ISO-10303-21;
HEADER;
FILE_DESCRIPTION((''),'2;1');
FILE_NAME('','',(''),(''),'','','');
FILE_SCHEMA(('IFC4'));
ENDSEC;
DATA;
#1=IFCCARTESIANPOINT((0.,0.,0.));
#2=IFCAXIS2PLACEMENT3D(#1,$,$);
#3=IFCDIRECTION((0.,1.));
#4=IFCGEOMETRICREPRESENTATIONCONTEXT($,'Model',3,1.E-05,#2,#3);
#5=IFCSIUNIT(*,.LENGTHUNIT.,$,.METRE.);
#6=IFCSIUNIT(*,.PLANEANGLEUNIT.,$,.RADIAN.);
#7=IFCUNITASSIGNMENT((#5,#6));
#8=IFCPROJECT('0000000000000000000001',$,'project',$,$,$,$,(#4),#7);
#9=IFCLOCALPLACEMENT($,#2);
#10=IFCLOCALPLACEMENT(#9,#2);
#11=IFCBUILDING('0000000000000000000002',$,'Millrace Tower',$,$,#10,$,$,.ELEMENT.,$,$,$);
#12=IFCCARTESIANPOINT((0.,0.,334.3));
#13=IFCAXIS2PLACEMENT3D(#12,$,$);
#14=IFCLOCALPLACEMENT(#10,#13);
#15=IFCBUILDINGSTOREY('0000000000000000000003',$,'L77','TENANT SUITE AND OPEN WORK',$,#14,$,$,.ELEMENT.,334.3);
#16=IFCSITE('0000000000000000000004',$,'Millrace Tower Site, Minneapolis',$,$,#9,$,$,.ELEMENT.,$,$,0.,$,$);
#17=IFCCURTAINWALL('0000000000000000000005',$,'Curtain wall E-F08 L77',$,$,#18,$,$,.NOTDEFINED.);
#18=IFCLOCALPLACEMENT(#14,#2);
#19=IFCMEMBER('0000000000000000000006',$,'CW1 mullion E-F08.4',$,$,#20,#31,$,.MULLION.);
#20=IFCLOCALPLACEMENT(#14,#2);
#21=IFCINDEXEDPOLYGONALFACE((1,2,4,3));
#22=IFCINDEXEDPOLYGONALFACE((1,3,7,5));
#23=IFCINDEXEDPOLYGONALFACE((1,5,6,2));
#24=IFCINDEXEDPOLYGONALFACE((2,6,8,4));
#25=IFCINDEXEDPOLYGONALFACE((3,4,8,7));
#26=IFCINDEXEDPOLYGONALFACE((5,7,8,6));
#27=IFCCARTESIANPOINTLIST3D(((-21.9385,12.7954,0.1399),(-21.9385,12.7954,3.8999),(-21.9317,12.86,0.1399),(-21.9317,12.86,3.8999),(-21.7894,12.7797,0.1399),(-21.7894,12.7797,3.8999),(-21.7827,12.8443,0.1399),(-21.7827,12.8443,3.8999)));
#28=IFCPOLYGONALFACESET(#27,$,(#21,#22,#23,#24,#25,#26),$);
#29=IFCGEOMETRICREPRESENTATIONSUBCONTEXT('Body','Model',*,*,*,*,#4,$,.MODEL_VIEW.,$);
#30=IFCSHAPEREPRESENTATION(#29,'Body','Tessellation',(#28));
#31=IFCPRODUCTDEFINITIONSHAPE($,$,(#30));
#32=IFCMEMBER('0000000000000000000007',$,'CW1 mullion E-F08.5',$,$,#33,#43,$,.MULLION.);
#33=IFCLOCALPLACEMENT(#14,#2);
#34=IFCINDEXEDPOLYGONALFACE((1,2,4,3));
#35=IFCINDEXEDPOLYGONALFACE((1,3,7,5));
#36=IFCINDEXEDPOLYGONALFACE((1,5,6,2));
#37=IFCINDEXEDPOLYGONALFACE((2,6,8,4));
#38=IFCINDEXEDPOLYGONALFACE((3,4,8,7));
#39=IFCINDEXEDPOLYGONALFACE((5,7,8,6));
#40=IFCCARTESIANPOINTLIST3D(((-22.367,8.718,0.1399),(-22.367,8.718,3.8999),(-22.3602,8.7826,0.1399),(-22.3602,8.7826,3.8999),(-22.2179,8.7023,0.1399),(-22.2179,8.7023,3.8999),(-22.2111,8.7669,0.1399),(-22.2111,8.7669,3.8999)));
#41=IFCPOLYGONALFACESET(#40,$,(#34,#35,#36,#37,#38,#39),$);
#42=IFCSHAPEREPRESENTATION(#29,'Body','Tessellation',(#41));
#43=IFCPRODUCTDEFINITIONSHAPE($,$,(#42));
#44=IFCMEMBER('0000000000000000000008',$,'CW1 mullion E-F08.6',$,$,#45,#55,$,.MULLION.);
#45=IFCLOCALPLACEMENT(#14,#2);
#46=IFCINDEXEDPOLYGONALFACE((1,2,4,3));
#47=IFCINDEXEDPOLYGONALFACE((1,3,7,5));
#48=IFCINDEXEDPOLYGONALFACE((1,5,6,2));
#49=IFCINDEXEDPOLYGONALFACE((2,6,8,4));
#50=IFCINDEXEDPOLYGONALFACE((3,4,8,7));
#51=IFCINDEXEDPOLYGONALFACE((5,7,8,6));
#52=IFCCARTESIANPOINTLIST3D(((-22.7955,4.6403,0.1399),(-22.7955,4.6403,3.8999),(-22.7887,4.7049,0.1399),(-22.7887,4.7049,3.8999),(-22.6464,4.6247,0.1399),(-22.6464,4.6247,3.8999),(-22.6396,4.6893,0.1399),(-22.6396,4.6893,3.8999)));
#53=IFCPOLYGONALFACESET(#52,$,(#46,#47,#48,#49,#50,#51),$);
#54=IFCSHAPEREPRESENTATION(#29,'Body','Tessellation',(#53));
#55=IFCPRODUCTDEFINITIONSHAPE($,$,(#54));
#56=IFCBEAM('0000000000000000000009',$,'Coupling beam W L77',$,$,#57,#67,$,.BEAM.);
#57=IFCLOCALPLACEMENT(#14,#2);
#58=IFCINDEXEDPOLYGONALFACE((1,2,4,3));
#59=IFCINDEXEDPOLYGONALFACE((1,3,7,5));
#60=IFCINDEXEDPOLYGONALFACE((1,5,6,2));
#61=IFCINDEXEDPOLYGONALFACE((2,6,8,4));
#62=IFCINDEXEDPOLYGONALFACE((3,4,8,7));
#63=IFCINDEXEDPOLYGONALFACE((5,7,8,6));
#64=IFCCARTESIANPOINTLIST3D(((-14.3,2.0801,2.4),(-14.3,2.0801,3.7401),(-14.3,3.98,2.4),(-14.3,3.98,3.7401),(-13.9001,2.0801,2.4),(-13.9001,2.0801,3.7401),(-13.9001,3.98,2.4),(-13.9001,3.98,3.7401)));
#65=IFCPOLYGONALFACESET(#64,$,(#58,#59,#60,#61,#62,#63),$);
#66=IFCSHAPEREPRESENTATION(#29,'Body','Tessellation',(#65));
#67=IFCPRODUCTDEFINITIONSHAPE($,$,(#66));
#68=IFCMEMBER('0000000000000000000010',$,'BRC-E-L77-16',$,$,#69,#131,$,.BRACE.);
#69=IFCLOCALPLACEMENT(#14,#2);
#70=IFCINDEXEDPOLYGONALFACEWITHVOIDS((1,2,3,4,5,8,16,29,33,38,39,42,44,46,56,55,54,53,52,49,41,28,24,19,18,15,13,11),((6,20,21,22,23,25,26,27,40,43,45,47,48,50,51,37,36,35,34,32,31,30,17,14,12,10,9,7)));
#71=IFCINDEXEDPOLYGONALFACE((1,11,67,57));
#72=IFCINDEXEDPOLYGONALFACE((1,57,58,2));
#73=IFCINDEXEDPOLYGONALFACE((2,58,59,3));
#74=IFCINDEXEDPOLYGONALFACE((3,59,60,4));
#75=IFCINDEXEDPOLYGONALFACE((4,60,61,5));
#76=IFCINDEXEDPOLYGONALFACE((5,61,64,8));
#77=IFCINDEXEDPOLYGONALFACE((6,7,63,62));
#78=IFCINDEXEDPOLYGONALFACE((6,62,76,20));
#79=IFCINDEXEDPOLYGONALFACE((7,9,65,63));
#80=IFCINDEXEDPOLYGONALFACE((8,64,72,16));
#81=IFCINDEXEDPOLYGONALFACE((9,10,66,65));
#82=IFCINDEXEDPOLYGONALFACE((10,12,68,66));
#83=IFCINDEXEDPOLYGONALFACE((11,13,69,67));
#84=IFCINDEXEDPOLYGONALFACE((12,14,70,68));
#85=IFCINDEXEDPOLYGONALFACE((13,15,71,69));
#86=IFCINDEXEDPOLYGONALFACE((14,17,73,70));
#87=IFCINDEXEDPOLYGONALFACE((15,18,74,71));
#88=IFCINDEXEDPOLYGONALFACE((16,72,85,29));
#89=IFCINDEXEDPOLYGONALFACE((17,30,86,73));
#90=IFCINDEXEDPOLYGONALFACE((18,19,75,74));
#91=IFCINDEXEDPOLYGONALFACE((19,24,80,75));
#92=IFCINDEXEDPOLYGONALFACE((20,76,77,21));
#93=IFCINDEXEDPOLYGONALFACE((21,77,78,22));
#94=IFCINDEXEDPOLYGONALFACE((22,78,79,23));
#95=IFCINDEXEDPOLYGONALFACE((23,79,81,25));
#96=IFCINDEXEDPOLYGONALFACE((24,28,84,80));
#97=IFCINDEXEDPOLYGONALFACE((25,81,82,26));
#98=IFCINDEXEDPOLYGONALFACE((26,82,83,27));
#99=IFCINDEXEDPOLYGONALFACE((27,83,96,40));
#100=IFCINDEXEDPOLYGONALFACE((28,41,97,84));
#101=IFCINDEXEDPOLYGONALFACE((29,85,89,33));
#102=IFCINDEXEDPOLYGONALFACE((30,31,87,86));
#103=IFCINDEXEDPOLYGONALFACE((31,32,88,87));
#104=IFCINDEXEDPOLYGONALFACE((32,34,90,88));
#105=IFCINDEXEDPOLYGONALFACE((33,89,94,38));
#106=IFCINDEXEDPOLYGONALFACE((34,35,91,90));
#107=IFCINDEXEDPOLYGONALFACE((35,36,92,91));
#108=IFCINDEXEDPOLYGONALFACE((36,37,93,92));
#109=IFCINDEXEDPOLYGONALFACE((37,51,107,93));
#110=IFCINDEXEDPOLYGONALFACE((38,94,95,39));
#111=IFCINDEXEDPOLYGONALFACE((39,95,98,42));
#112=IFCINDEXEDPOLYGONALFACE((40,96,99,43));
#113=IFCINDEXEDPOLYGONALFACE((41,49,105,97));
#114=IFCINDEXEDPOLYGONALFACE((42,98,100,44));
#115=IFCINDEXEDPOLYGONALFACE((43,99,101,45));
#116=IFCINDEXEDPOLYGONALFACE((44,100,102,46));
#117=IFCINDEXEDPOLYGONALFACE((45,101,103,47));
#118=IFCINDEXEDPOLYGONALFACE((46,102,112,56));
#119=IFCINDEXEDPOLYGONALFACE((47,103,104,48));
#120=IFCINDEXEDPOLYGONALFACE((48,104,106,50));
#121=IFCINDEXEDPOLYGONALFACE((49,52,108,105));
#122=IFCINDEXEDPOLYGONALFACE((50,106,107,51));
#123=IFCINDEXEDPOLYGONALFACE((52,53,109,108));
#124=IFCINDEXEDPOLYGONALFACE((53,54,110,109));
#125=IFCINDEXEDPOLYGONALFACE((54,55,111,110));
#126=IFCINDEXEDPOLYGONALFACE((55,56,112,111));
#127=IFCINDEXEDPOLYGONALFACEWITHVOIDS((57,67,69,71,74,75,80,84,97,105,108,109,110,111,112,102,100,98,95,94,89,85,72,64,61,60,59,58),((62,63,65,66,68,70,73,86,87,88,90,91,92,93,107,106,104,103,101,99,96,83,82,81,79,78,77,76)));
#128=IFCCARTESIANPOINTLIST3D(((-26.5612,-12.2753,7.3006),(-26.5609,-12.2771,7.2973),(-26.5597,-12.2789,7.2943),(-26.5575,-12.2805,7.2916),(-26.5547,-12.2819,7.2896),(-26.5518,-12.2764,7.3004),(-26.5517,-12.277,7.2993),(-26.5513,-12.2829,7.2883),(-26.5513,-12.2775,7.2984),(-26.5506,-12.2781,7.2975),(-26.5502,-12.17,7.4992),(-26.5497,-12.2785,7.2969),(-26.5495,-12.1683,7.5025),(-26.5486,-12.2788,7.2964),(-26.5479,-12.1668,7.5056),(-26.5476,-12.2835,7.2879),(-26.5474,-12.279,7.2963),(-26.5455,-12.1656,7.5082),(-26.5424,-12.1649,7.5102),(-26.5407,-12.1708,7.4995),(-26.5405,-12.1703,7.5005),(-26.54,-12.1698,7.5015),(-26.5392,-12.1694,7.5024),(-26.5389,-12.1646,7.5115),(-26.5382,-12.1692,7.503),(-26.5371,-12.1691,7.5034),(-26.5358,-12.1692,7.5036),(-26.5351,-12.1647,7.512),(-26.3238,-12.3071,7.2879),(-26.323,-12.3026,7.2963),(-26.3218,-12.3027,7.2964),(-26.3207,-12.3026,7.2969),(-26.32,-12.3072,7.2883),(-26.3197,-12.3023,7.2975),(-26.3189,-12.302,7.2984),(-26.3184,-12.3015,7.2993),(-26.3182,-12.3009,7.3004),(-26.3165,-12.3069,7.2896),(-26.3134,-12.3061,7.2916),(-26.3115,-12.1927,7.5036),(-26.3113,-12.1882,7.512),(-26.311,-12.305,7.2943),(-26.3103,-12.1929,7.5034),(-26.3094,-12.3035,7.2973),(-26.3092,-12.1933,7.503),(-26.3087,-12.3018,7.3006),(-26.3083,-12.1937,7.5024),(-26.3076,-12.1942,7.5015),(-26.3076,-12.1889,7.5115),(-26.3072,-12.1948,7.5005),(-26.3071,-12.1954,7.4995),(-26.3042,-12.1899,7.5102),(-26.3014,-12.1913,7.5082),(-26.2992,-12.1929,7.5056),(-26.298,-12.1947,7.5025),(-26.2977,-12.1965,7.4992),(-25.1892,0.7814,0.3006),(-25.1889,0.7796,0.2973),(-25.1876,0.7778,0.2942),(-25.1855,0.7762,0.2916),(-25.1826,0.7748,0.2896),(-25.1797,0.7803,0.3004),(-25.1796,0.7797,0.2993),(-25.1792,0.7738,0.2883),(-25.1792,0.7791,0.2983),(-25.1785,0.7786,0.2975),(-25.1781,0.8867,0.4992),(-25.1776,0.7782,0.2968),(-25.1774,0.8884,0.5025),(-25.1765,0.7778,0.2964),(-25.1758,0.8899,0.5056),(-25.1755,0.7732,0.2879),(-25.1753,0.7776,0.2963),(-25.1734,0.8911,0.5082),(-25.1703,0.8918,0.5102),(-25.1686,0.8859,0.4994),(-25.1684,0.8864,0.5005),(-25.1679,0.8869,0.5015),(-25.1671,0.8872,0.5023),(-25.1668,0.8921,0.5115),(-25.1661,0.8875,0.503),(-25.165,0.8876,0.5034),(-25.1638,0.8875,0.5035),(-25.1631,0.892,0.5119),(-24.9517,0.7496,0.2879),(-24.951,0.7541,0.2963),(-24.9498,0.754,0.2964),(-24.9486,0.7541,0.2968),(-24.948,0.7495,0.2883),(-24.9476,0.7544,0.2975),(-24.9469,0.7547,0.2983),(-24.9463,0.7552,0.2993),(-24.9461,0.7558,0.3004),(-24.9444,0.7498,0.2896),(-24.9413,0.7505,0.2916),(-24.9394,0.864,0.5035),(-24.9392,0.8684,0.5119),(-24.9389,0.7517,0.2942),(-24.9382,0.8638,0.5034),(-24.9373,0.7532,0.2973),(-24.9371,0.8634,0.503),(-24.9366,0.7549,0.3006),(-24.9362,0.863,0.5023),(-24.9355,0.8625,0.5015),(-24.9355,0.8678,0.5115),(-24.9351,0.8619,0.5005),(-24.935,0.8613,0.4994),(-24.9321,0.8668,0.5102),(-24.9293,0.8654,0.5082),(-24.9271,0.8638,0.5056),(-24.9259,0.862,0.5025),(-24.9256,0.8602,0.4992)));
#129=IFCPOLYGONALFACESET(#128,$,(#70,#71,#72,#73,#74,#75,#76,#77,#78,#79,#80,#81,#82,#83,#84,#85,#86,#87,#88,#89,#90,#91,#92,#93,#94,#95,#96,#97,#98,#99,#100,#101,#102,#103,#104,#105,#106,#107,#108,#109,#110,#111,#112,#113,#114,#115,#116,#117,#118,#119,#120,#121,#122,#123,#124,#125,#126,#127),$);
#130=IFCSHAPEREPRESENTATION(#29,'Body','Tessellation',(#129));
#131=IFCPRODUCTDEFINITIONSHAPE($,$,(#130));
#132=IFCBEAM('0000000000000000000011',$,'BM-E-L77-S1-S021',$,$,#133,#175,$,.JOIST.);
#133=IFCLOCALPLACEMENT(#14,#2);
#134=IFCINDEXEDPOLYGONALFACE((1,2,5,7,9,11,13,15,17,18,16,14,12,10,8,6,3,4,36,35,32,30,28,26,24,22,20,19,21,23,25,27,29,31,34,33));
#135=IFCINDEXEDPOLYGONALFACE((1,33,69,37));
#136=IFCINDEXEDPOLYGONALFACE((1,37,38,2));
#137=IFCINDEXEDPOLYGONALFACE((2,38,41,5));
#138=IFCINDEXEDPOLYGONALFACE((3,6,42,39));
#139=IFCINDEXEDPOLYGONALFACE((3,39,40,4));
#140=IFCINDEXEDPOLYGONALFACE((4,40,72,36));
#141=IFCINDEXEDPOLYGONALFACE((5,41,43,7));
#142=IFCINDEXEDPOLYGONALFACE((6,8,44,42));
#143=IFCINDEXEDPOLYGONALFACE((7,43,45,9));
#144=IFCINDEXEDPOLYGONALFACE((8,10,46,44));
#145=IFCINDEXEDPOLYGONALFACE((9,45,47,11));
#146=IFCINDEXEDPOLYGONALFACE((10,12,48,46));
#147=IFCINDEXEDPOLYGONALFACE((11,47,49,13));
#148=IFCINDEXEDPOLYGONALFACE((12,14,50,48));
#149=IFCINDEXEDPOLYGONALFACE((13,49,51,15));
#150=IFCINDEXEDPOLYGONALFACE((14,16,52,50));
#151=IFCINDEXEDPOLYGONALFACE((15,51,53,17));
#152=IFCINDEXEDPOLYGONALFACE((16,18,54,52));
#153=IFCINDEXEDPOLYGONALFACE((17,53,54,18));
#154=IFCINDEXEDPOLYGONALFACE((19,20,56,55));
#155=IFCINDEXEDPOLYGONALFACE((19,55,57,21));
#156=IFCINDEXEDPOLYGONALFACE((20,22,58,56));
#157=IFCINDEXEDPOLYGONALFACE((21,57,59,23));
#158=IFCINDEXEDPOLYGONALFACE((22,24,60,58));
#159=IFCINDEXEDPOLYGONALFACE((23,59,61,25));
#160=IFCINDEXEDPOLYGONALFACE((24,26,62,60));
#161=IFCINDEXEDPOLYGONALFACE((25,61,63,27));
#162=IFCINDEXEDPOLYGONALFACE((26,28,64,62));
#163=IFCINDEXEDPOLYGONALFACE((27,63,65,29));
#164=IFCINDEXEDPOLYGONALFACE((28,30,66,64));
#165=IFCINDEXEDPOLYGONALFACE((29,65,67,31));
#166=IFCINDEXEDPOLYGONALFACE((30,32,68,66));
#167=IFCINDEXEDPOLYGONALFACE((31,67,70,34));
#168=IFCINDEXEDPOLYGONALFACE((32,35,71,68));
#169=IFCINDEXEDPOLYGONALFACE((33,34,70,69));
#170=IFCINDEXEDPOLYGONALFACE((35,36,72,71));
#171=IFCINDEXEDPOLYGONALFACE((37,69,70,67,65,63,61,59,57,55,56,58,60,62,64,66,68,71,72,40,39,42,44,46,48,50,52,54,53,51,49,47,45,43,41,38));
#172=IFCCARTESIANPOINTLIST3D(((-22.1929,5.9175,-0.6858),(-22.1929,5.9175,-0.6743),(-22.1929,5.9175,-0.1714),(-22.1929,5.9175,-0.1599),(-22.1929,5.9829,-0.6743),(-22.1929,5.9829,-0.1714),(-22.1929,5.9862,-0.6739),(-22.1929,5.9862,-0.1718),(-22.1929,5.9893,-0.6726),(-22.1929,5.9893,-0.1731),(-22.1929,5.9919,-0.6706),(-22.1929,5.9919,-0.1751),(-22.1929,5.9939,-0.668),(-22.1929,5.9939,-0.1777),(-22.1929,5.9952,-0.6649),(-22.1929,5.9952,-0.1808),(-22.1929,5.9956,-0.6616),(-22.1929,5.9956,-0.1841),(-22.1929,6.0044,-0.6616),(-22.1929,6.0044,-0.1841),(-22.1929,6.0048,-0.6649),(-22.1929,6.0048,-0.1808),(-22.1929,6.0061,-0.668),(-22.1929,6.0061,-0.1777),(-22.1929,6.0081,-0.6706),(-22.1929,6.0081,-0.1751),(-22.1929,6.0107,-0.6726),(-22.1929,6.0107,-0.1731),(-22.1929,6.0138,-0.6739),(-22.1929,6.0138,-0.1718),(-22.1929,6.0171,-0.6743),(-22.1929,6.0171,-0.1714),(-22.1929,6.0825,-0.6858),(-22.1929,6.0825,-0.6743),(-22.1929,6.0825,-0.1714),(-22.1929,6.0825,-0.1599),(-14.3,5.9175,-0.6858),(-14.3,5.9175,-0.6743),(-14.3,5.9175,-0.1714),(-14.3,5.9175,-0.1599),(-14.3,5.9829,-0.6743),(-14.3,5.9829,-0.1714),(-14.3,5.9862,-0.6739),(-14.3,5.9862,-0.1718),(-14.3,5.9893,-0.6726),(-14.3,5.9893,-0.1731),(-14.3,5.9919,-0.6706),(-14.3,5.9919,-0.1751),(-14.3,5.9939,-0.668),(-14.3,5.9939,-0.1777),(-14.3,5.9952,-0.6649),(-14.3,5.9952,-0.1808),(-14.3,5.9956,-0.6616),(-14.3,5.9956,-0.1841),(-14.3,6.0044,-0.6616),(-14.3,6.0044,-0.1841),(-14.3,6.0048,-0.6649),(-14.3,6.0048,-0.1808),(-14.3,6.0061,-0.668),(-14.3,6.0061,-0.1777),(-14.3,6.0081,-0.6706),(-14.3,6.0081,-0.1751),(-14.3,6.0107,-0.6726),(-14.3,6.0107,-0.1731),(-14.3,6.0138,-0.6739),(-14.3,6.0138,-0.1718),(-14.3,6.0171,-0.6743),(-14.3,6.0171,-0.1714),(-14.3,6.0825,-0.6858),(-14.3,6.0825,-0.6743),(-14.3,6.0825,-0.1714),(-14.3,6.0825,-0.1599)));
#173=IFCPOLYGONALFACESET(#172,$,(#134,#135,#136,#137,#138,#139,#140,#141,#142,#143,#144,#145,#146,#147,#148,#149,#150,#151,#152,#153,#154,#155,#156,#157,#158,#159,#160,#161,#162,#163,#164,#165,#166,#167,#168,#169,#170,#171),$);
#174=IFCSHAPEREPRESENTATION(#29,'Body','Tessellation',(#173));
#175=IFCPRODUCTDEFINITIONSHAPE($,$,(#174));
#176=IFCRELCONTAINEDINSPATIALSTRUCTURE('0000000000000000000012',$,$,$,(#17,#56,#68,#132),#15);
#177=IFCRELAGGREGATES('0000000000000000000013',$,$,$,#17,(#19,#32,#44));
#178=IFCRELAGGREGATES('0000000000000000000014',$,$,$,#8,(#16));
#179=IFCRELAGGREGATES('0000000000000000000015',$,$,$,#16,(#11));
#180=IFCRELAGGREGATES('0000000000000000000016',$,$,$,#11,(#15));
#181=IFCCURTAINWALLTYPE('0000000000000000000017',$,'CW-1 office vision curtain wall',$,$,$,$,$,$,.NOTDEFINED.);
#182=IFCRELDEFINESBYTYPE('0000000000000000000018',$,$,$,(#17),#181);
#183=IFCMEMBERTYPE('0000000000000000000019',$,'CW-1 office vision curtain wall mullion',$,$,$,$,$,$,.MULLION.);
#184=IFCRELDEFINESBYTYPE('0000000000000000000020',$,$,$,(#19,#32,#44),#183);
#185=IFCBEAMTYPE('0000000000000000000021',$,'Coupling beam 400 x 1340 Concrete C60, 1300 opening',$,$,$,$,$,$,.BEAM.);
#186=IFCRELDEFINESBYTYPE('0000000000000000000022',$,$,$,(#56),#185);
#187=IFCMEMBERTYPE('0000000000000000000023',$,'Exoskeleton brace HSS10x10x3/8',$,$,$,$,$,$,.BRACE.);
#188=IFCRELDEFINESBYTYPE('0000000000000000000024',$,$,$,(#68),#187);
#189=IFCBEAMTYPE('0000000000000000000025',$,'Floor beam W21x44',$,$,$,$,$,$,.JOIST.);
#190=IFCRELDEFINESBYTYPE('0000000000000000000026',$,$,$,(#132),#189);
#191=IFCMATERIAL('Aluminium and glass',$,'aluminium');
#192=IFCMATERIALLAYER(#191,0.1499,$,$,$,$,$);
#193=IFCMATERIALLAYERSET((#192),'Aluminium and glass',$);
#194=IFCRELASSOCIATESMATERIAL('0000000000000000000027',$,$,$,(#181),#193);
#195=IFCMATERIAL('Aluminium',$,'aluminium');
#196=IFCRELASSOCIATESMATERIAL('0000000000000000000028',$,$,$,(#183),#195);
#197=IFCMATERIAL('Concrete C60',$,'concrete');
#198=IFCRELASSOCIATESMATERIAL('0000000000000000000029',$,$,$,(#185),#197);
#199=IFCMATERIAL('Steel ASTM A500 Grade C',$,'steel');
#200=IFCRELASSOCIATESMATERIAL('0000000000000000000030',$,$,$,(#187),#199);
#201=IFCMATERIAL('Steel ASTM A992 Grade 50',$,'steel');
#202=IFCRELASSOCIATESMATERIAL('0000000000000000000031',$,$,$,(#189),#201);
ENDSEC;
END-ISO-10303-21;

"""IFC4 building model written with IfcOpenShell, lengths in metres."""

from ifc_helpers import new_model, si_unit, direction, frame, origin, origin_2d, place, context, subcontext, project, spatial, rectangle, hollow_rectangle, i_section, extrude, material, layer, layer_set, material_profile, profile_set, type_object, element, aggregate, save


model = new_model("IFC4")

# Units and contexts
model_context = context("Model", 3, precision=1e-05, world=origin(), true_north=direction((0.0, 1.0)))
body_context = subcontext(model_context, "Body", "Model", "MODEL_VIEW")
ifc_project = project(units=[si_unit("LENGTHUNIT", "METRE"), si_unit("PLANEANGLEUNIT", "RADIAN")], contexts=[model_context])

# Site, building, storey
site_placement = place(None, origin())
site = spatial("IfcSite", under=ifc_project, at=site_placement, Name="Millrace Tower Site, Minneapolis", CompositionType="ELEMENT", RefElevation=0.0)
building_placement = place(site_placement, origin())
building = spatial("IfcBuilding", under=site, at=building_placement, Name="Millrace Tower", CompositionType="ELEMENT")
storey_placement = place(building_placement, frame((0.0, 0.0, 334.3)))
storey = spatial("IfcBuildingStorey", under=building, at=storey_placement, Name="L77", Description="TENANT SUITE AND OPEN WORK", CompositionType="ELEMENT", Elevation=334.3)

# Curtain wall, members
ifc_material_1 = material(Name="Aluminium and glass", Category="aluminium")
ifc_layer_1 = layer(ifc_material_1, 0.1499)
ifc_layer_set_1 = layer_set([ifc_layer_1], Name="Aluminium and glass")
curtain_wall_type = type_object("IfcCurtainWallType", Name="CW-1 office vision curtain wall", PredefinedType="NOTDEFINED", material=ifc_layer_set_1)
placement = place(storey_placement, origin())
curtain_wall = element("IfcCurtainWall", 1, at=placement, inside=storey, type_object=curtain_wall_type, Name="Curtain wall E-F08 L77", PredefinedType="NOTDEFINED")
ifc_material_2 = material(Name="Aluminium", Category="aluminium")
ifc_material_profile_1 = material_profile(ifc_material_2, rectangle(XDim=0.0649, YDim=0.1499, at=origin_2d()))
ifc_profile_set_1 = profile_set([ifc_material_profile_1], Name="Aluminium")
member_type_1 = type_object("IfcMemberType", Name="CW-1 office vision curtain wall mullion", PredefinedType="MULLION", material=ifc_profile_set_1)
member_1_placement = place(storey_placement, frame((-21.8606, 12.8198, 0.1399), z_axis=(0.0, 0.0, 1.0), x_axis=(-0.104528, -0.994522, 0.0)))
member_1 = element("IfcMember", 2, at=member_1_placement, type_object=member_type_1, Name="CW1 mullion E-F08.4", PredefinedType="MULLION", context=body_context, shape_type="SweptSolid", body=[
    extrude(rectangle(XDim=0.0649, YDim=0.1499, at=origin_2d()), origin(), (0.0, 0.0, 1.0), 3.76),
])
member_2_placement = place(storey_placement, frame((-22.2891, 8.7424, 0.1399), z_axis=(0.0, 0.0, 1.0), x_axis=(-0.104528, -0.994522, 0.0)))
member_2 = element("IfcMember", 3, at=member_2_placement, type_object=member_type_1, Name="CW1 mullion E-F08.5", PredefinedType="MULLION", context=body_context, shape_type="SweptSolid", body=[
    extrude(rectangle(XDim=0.0649, YDim=0.1499, at=origin_2d()), origin(), (0.0, 0.0, 1.0), 3.76),
])
member_3_placement = place(storey_placement, frame((-22.7175, 4.6648, 0.1399), z_axis=(0.0, 0.0, 1.0), x_axis=(-0.104528, -0.994522, 0.0)))
member_3 = element("IfcMember", 4, at=member_3_placement, type_object=member_type_1, Name="CW1 mullion E-F08.6", PredefinedType="MULLION", context=body_context, shape_type="SweptSolid", body=[
    extrude(rectangle(XDim=0.0649, YDim=0.1499, at=origin_2d()), origin(), (0.0, 0.0, 1.0), 3.76),
])
aggregate(curtain_wall, [member_1, member_2, member_3])

# Beam
ifc_material_3 = material(Name="Concrete C60", Category="concrete")
ifc_material_profile_2 = material_profile(ifc_material_3, rectangle(XDim=0.3999, YDim=1.3401, at=origin_2d()))
ifc_profile_set_2 = profile_set([ifc_material_profile_2], Name="Concrete C60")
beam_type_1 = type_object("IfcBeamType", Name="Coupling beam 400 x 1340 Concrete C60, 1300 opening", PredefinedType="BEAM", material=ifc_profile_set_2)
beam_1_placement = place(storey_placement, frame((-14.1001, 2.0801, 3.0701), z_axis=(0.0, 1.0, 0.0), x_axis=(-1.0, 0.0, 0.0)))
element("IfcBeam", 5, at=beam_1_placement, inside=storey, type_object=beam_type_1, Name="Coupling beam W L77", PredefinedType="BEAM", context=body_context, shape_type="SweptSolid", body=[
    extrude(rectangle(XDim=0.3999, YDim=1.3401, at=origin_2d()), origin(), (0.0, 0.0, 1.0), 1.8999),
])

# Member
ifc_material_4 = material(Name="Steel ASTM A500 Grade C", Category="steel")
ifc_material_profile_3 = material_profile(ifc_material_4, hollow_rectangle(XDim=0.2539, YDim=0.2539, WallThickness=0.0095, InnerFilletRadius=0.0046, OuterFilletRadius=0.0144, at=origin_2d()))
ifc_profile_set_3 = profile_set([ifc_material_profile_3], Name="Steel ASTM A500 Grade C")
member_type_2 = type_object("IfcMemberType", Name="Exoskeleton brace HSS10x10x3/8", PredefinedType="BRACE", material=ifc_profile_set_3)
member_4_placement = place(storey_placement, frame((-25.0574, 0.8208, 0.3999), z_axis=(-0.092221, -0.877573, 0.47049), x_axis=(0.994524, -0.104511, 0.0)))
element("IfcMember", 6, at=member_4_placement, inside=storey, type_object=member_type_2, Name="BRC-E-L77-16", PredefinedType="BRACE", context=body_context, shape_type="SweptSolid", body=[
    extrude(hollow_rectangle(XDim=0.2539, YDim=0.2539, WallThickness=0.0095, InnerFilletRadius=0.0046, OuterFilletRadius=0.0144, at=origin_2d()), origin(), (0.0, 0.0, 1.0), 14.8782),
])

# Beam
ifc_material_5 = material(Name="Steel ASTM A992 Grade 50", Category="steel")
ifc_material_profile_4 = material_profile(ifc_material_5, i_section(OverallWidth=0.165, OverallDepth=0.5259, WebThickness=0.0088, FlangeThickness=0.0115, FilletRadius=0.0127, at=origin_2d()))
ifc_profile_set_4 = profile_set([ifc_material_profile_4], Name="Steel ASTM A992 Grade 50")
beam_type_2 = type_object("IfcBeamType", Name="Floor beam W21x44", PredefinedType="JOIST", material=ifc_profile_set_4)
beam_2_placement = place(storey_placement, frame((-22.1929, 6.0, -0.4229), z_axis=(1.0, 0.0, 0.0), x_axis=(0.0, 1.0, 0.0)))
element("IfcBeam", 7, at=beam_2_placement, inside=storey, type_object=beam_type_2, Name="BM-E-L77-S1-S021", PredefinedType="JOIST", context=body_context, shape_type="SweptSolid", body=[
    extrude(i_section(OverallWidth=0.165, OverallDepth=0.5259, WebThickness=0.0088, FlangeThickness=0.0115, FilletRadius=0.0127, at=origin_2d()), origin(), (0.0, 0.0, 1.0), 7.8928),
])

save(model, "model.ifc")
